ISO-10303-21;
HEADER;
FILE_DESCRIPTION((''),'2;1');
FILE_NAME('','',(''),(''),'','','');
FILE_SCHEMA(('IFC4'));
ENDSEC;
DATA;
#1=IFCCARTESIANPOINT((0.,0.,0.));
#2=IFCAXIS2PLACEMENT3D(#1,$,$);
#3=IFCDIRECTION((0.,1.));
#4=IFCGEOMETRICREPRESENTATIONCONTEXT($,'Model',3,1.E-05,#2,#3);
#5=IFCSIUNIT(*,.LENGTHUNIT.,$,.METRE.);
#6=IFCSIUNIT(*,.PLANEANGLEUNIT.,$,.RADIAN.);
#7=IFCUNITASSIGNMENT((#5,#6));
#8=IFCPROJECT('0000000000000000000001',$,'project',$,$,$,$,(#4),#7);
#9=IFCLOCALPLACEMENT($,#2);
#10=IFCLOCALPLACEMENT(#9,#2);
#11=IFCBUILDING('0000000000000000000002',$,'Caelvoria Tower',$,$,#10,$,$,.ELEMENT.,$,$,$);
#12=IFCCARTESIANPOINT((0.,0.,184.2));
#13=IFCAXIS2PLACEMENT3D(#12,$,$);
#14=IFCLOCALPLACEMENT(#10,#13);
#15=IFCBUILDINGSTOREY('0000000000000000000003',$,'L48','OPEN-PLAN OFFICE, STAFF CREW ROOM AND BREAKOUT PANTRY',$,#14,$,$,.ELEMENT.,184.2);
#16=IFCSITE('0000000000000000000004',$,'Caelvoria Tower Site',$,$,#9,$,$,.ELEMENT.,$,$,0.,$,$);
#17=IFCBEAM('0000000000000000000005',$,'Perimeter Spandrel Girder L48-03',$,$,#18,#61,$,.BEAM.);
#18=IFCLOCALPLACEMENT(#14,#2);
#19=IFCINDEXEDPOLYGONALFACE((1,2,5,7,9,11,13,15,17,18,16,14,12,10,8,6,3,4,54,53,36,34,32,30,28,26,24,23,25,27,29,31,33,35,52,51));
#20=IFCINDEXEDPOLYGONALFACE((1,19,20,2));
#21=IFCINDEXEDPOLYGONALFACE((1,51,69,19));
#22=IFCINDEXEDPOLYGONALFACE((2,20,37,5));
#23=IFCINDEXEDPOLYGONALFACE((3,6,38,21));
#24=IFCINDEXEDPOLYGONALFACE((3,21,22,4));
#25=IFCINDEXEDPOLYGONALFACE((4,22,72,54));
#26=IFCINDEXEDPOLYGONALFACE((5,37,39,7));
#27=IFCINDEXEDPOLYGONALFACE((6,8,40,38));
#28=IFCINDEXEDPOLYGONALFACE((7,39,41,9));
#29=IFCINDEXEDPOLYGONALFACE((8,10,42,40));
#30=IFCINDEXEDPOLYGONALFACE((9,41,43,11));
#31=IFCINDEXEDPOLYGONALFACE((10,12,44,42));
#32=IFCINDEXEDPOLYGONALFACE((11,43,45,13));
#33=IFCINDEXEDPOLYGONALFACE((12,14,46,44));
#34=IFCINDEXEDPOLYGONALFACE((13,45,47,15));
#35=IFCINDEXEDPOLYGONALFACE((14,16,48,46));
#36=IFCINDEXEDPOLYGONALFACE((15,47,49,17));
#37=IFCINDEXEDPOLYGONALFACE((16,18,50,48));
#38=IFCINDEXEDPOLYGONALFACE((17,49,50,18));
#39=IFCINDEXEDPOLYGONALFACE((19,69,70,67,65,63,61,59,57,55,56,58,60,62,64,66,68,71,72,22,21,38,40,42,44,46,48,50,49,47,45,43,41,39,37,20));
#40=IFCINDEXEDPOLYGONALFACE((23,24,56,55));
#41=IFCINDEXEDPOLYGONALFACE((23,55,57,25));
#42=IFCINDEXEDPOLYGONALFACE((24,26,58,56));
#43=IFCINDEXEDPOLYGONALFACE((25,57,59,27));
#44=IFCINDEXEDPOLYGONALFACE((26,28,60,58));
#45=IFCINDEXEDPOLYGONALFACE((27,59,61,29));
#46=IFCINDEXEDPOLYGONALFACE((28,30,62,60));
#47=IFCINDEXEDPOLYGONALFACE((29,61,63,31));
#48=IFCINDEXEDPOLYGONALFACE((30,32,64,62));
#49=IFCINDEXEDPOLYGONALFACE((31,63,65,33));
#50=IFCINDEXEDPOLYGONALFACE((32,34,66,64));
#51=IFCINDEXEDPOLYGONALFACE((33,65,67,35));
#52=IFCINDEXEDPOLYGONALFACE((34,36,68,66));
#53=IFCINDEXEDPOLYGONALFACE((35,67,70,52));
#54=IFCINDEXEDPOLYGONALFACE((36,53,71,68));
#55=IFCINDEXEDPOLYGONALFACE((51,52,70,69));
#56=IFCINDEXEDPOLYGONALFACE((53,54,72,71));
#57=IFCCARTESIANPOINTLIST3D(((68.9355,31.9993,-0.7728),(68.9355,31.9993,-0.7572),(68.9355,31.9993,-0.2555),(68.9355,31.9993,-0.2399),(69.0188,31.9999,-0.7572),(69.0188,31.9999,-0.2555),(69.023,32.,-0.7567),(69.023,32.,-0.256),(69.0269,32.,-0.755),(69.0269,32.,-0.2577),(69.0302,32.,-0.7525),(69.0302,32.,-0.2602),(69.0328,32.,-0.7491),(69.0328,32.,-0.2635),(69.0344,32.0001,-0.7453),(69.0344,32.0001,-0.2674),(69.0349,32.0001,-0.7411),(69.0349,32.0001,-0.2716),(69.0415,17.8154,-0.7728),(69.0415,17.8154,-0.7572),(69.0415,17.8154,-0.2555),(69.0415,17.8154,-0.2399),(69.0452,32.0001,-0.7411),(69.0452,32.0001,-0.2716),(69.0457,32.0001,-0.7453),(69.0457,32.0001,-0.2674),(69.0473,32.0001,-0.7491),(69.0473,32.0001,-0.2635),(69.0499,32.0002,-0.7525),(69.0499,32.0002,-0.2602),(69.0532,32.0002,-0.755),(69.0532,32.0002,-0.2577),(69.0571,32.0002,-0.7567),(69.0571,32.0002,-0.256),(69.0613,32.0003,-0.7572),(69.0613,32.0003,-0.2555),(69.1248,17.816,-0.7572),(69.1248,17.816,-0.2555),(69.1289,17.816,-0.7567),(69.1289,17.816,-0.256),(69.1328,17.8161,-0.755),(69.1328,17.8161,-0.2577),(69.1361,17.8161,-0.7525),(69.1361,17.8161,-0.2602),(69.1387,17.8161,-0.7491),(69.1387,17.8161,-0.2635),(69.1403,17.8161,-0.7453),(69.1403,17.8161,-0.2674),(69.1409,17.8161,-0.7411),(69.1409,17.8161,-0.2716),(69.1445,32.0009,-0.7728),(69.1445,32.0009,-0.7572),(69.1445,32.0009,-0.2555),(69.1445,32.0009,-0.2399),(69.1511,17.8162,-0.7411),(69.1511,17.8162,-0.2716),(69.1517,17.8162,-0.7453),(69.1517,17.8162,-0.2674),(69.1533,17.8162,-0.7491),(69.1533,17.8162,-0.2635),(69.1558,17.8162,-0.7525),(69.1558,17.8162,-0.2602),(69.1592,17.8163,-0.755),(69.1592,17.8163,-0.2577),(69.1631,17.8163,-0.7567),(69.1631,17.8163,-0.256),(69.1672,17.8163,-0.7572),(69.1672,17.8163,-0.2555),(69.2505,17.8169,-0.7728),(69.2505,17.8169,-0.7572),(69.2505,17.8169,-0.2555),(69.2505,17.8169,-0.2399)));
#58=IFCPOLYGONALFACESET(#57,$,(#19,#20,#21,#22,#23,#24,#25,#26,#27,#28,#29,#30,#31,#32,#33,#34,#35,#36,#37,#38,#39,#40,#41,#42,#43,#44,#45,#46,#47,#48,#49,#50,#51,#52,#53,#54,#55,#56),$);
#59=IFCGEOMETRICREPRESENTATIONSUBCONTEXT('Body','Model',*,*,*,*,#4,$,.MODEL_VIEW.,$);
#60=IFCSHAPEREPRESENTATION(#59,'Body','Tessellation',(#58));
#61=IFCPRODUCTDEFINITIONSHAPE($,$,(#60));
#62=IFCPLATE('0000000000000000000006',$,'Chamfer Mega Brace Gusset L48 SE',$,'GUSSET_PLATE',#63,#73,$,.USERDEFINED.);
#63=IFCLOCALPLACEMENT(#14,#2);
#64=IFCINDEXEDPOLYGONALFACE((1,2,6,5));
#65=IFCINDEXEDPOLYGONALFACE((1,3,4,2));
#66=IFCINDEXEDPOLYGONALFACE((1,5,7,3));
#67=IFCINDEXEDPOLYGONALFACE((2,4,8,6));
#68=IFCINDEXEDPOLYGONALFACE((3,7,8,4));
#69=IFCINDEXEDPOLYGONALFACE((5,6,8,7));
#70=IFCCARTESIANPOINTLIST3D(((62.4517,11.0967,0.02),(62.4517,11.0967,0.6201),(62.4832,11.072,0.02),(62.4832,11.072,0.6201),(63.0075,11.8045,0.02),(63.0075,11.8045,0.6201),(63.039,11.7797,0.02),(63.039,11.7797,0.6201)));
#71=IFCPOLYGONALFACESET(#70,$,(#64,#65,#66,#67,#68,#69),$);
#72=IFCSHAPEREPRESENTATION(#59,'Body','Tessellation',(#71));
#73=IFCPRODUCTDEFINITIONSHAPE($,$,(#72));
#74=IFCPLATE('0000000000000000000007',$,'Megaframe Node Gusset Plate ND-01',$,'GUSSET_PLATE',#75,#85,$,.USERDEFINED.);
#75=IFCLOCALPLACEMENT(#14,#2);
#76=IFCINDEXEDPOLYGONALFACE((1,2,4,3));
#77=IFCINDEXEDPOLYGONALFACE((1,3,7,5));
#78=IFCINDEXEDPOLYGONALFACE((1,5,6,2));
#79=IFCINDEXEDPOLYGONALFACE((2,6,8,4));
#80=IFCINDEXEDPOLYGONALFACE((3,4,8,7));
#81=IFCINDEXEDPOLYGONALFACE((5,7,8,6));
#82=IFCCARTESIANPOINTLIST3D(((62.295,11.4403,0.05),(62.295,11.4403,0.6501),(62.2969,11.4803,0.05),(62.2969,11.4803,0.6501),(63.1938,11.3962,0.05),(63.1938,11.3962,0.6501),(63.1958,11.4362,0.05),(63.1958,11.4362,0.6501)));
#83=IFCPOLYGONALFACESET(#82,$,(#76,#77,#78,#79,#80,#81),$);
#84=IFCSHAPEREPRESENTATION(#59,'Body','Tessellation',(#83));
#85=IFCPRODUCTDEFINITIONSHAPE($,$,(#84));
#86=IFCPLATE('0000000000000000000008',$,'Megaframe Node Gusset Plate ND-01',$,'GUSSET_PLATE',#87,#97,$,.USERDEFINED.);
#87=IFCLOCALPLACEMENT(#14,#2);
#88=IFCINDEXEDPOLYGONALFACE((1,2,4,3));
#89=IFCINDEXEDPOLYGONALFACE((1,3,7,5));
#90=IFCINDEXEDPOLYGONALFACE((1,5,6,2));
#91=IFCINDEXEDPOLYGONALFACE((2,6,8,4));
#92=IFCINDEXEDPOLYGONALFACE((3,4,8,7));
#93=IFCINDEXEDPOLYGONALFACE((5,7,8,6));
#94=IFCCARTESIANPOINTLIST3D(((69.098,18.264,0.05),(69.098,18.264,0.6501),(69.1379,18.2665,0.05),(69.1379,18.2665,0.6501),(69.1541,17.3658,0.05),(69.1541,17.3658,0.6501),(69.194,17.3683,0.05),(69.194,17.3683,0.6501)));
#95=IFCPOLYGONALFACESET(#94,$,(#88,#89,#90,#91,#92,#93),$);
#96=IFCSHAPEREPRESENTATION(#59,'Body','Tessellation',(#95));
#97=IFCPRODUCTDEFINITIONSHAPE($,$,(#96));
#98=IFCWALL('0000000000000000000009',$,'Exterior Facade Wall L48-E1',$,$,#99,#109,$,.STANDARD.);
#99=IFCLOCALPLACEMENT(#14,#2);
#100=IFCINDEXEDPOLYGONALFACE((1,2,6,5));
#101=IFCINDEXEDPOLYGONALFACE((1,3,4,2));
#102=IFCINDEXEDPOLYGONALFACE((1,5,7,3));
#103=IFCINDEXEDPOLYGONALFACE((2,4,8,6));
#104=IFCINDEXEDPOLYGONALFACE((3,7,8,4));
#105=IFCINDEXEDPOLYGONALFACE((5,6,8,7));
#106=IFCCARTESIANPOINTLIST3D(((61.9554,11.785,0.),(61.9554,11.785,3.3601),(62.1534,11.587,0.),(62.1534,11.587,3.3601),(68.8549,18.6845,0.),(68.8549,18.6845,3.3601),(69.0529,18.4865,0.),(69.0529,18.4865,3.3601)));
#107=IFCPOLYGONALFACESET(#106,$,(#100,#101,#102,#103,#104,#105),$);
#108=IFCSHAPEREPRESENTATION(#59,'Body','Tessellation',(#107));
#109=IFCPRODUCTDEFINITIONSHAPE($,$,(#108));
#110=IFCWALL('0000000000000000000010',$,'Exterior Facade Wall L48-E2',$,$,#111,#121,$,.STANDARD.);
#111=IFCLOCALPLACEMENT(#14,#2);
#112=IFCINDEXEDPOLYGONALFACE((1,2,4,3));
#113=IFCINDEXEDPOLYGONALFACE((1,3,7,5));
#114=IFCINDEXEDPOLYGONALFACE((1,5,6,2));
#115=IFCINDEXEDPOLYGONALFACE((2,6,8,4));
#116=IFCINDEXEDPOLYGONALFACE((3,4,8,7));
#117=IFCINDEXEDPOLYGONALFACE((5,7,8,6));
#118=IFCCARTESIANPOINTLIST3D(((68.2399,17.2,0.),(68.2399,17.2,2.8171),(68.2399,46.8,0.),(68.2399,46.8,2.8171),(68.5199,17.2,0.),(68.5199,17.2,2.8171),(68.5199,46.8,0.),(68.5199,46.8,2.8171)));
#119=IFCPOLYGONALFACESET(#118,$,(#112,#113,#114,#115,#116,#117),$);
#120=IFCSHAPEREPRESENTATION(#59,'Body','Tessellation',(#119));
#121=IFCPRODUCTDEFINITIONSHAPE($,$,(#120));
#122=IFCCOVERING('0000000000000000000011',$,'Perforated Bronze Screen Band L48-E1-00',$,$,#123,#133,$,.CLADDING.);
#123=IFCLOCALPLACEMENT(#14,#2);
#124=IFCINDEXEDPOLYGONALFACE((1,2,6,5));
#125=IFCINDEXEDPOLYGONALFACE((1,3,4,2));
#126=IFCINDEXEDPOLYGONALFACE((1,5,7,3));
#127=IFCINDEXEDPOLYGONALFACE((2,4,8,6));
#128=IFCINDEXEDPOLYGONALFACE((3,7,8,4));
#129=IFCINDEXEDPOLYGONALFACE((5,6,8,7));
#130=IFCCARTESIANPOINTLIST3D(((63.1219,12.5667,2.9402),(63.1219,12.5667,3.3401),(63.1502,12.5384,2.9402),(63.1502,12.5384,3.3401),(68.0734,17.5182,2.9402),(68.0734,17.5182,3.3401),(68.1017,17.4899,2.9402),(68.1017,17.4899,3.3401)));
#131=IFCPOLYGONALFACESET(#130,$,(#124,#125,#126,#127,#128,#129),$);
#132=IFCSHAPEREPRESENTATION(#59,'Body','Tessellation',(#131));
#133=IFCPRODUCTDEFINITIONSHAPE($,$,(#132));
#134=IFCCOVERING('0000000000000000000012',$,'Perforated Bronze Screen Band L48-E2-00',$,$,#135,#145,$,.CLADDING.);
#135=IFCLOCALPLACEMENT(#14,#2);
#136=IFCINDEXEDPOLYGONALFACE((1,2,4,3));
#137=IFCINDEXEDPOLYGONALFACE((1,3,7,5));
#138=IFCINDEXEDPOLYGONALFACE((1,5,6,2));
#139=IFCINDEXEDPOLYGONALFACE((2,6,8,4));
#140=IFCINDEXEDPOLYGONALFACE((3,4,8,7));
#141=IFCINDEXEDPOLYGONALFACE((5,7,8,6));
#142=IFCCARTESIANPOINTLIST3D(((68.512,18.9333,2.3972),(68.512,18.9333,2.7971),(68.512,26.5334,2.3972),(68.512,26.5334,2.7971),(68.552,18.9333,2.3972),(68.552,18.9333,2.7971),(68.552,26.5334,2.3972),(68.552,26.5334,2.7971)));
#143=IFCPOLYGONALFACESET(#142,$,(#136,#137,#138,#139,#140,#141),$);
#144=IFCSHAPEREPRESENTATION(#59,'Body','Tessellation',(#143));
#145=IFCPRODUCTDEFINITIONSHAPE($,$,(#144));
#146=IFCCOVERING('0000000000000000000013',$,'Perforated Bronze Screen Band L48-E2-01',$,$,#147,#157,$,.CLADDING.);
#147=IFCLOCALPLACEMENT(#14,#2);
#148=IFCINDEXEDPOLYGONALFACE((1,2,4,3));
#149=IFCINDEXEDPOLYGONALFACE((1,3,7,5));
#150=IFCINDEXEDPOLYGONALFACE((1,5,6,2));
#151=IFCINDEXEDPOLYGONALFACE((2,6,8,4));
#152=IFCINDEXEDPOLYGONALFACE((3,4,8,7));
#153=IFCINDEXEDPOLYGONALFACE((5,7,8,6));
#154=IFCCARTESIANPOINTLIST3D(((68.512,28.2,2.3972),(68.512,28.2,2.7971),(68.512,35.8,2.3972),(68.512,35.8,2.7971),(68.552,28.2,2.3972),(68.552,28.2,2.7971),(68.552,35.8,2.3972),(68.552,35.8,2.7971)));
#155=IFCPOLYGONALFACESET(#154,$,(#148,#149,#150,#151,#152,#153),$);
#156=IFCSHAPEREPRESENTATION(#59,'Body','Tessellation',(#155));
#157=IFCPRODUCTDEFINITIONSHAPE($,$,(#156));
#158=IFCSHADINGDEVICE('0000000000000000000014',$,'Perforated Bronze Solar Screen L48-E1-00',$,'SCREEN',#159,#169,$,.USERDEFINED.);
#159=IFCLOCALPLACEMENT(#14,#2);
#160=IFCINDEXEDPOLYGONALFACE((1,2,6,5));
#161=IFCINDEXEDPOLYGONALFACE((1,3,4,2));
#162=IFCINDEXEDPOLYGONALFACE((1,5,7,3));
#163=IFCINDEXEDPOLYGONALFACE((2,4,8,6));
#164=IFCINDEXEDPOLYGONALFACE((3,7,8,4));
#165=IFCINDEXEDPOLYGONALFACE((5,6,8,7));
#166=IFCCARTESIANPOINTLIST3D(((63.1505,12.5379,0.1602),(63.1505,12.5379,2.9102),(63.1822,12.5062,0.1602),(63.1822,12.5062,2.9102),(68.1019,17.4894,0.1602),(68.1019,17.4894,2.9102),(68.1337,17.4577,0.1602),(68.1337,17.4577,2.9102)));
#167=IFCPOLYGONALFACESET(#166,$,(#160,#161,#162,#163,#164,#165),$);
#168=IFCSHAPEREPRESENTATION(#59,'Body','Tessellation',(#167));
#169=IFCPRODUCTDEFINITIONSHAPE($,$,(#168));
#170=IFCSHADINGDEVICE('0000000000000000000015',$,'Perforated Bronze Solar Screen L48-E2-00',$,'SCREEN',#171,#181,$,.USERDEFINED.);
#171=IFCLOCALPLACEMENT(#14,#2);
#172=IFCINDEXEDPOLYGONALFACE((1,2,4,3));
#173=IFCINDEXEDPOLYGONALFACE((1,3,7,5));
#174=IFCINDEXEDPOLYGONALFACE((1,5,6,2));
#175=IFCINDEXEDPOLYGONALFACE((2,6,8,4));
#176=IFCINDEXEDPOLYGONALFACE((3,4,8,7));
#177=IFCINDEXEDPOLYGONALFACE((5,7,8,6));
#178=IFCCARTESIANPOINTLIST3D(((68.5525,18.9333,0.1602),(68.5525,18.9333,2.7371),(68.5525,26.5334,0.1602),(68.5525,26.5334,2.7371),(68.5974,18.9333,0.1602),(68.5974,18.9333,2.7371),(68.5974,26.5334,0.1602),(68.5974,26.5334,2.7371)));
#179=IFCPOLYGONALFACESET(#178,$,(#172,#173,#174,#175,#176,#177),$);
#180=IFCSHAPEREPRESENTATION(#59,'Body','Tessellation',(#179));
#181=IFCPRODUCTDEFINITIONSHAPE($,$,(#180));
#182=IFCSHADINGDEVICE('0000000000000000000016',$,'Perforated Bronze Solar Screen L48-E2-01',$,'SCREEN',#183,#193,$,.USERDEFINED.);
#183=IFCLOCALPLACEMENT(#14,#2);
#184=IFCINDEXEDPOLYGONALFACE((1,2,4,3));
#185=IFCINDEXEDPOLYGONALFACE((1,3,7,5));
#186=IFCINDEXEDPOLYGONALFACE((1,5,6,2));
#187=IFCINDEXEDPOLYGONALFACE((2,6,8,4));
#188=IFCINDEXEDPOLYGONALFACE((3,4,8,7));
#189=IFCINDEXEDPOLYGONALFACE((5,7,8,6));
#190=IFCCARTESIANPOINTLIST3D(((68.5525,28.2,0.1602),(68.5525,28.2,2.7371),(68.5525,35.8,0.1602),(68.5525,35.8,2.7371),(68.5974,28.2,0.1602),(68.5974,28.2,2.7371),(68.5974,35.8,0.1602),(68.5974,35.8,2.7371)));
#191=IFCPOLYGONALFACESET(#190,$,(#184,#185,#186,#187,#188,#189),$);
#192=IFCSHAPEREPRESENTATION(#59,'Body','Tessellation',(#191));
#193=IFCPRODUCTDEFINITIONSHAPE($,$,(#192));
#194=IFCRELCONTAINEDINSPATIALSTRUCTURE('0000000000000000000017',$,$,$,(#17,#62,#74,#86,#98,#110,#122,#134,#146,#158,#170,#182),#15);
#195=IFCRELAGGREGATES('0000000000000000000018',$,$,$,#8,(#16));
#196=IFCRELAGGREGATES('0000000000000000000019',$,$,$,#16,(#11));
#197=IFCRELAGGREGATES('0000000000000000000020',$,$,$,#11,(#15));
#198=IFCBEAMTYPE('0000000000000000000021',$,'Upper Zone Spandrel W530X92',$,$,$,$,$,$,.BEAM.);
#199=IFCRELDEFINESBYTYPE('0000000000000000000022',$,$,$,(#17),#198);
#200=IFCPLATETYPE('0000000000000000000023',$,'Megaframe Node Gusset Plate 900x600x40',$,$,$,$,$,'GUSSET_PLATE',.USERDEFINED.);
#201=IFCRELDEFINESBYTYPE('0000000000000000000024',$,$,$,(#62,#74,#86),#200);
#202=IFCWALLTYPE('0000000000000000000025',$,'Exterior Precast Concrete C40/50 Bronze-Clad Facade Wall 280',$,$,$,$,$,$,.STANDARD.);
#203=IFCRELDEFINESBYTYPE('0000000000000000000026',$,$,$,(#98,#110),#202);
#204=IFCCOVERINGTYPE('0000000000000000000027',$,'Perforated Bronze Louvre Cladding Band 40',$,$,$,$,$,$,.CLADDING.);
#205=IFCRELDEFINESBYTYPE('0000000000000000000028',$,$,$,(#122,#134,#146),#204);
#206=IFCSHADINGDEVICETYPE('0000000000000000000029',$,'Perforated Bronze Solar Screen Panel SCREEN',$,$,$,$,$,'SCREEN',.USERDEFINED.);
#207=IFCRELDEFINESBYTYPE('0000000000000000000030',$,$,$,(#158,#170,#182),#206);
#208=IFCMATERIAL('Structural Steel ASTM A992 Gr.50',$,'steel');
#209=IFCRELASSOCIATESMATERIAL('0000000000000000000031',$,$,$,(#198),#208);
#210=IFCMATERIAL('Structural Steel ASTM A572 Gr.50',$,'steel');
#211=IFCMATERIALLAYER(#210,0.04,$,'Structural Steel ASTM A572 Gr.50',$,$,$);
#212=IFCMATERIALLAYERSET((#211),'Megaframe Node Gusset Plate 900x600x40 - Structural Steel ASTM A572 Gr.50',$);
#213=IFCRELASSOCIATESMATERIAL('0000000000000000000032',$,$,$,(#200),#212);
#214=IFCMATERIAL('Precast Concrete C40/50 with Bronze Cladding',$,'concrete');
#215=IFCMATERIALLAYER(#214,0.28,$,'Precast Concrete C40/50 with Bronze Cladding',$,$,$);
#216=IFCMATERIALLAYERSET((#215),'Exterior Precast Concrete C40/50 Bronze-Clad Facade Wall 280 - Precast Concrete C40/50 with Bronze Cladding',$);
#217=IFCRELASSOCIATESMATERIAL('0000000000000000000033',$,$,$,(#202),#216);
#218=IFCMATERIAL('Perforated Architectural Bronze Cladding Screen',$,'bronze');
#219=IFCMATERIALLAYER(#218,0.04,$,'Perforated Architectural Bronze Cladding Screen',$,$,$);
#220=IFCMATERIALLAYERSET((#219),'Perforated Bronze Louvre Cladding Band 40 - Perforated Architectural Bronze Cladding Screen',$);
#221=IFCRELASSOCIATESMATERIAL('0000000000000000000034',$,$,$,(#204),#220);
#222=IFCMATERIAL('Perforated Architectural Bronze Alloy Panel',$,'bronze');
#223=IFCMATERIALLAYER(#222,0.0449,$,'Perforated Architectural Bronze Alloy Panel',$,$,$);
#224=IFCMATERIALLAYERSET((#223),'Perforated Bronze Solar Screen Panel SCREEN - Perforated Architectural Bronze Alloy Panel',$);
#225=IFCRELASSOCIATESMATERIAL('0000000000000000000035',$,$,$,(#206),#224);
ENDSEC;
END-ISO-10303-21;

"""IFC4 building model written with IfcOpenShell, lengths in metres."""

from ifc_helpers import new_model, si_unit, direction, frame, frame_2d, origin, origin_2d, place, context, subcontext, project, spatial, rectangle, i_section, extrude, material, layer, layer_set, material_profile, profile_set, type_object, element, save


model = new_model("IFC4")

# Units and contexts
model_context = context("Model", 3, precision=1e-05, world=origin(), true_north=direction((0.0, 1.0)))
body_context = subcontext(model_context, "Body", "Model", "MODEL_VIEW")
ifc_project = project(units=[si_unit("LENGTHUNIT", "METRE"), si_unit("PLANEANGLEUNIT", "RADIAN")], contexts=[model_context])

# Site, building, storey
site_placement = place(None, origin())
site = spatial("IfcSite", under=ifc_project, at=site_placement, Name="Caelvoria Tower Site", CompositionType="ELEMENT", RefElevation=0.0)
building_placement = place(site_placement, origin())
building = spatial("IfcBuilding", under=site, at=building_placement, Name="Caelvoria Tower", CompositionType="ELEMENT")
storey_placement = place(building_placement, frame((0.0, 0.0, 184.2)))
storey = spatial("IfcBuildingStorey", under=building, at=storey_placement, Name="L48", Description="OPEN-PLAN OFFICE, STAFF CREW ROOM AND BREAKOUT PANTRY", CompositionType="ELEMENT", Elevation=184.2)

# Shared definitions
ifc_material_1 = material(Name="Structural Steel ASTM A572 Gr.50", Category="steel")

# Shared definitions
ifc_material_2 = material(Name="Structural Steel ASTM A992 Gr.50", Category="steel")

# Beam
ifc_material_profile_1 = material_profile(ifc_material_2, i_section(OverallWidth=0.209, OverallDepth=0.533, WebThickness=0.0103, FlangeThickness=0.0156, FilletRadius=0.0161, at=origin_2d()), Name="Structural Steel ASTM A992 Gr.50")
ifc_profile_set_1 = profile_set([ifc_material_profile_1], Name="W530X92 - Structural Steel ASTM A992 Gr.50")
beam_type_1 = type_object("IfcBeamType", Name="Upper Zone Spandrel W530X92", PredefinedType="BEAM", material=ifc_profile_set_1)
beam_1_placement = place(storey_placement, frame((69.146, 17.8162, -0.5063), z_axis=(-0.00747, 0.999972, 0.0), x_axis=(-0.999972, -0.00747, 0.0)))
element("IfcBeam", 1, at=beam_1_placement, inside=storey, type_object=beam_type_1, Name="Perimeter Spandrel Girder L48-03", PredefinedType="BEAM", context=body_context, shape_type="SweptSolid", body=[
    extrude(i_section(OverallWidth=0.209, OverallDepth=0.533, WebThickness=0.0103, FlangeThickness=0.0156, FilletRadius=0.0161, at=origin_2d()), origin(), (0.0, 0.0, 1.0), 14.1843),
])

# Plates
ifc_layer_1 = layer(ifc_material_1, 0.04, Name="Structural Steel ASTM A572 Gr.50")
ifc_layer_set_1 = layer_set([ifc_layer_1], Name="Megaframe Node Gusset Plate 900x600x40 - Structural Steel ASTM A572 Gr.50")
plate_type = type_object("IfcPlateType", Name="Megaframe Node Gusset Plate 900x600x40", ElementType="GUSSET_PLATE", PredefinedType="USERDEFINED", material=ifc_layer_set_1)
for number, where, z_axis, x_axis, name in (
    (2, (62.7454, 11.4382, 0.02), (0.0, 0.0, 1.0), (0.61767, 0.786437, 0.0), "Chamfer Mega Brace Gusset L48 SE"),
    (3, (62.7454, 11.4382, 0.05), (0.0, 0.0, 1.0), (-0.998798, 0.049012, 0.0), "Megaframe Node Gusset Plate ND-01"),
    (4, (69.146, 17.8162, 0.05), (0.0, 0.0, 1.0), (-0.062352, 0.998054, 0.0), "Megaframe Node Gusset Plate ND-01"),
):
    element("IfcPlate", number, at=place(storey_placement, frame(where, z_axis=z_axis, x_axis=x_axis)), inside=storey, type_object=plate_type, Name=name, ObjectType="GUSSET_PLATE", PredefinedType="USERDEFINED", context=body_context, shape_type="SweptSolid", body=[
        extrude(rectangle(XDim=0.8999, YDim=0.04, at=origin_2d()), origin(), (0.0, 0.0, 1.0), 0.6001),
    ])

# Walls
ifc_material_3 = material(Name="Precast Concrete C40/50 with Bronze Cladding", Category="concrete")
ifc_layer_2 = layer(ifc_material_3, 0.28, Name="Precast Concrete C40/50 with Bronze Cladding")
ifc_layer_set_2 = layer_set([ifc_layer_2], Name="Exterior Precast Concrete C40/50 Bronze-Clad Facade Wall 280 - Precast Concrete C40/50 with Bronze Cladding")
wall_type = type_object("IfcWallType", Name="Exterior Precast Concrete C40/50 Bronze-Clad Facade Wall 280", PredefinedType="STANDARD", material=ifc_layer_set_2)
wall_1_placement = place(storey_placement, frame((62.0544, 11.686, 0.0), z_axis=(0.0, 0.0, 1.0), x_axis=(0.707107, 0.707107, 0.0)))
element("IfcWall", 5, at=wall_1_placement, inside=storey, type_object=wall_type, Name="Exterior Facade Wall L48-E1", PredefinedType="STANDARD", context=body_context, shape_type="SweptSolid", body=[
    extrude(rectangle(XDim=9.7573, YDim=0.28, at=frame_2d((4.8787, 0.0))), origin(), (0.0, 0.0, 1.0), 3.3601),
])
wall_2_placement = place(storey_placement, frame((68.3799, 17.2, 0.0), z_axis=(0.0, 0.0, 1.0), x_axis=(0.0, 1.0, 0.0)))
element("IfcWall", 6, at=wall_2_placement, inside=storey, type_object=wall_type, Name="Exterior Facade Wall L48-E2", PredefinedType="STANDARD", context=body_context, shape_type="SweptSolid", body=[
    extrude(rectangle(XDim=29.6001, YDim=0.28, at=frame_2d((14.8, 0.0))), origin(), (0.0, 0.0, 1.0), 2.8171),
])

# Coverings
ifc_material_4 = material(Name="Perforated Architectural Bronze Cladding Screen", Category="bronze")
ifc_layer_3 = layer(ifc_material_4, 0.04, Name="Perforated Architectural Bronze Cladding Screen")
ifc_layer_set_3 = layer_set([ifc_layer_3], Name="Perforated Bronze Louvre Cladding Band 40 - Perforated Architectural Bronze Cladding Screen")
covering_type = type_object("IfcCoveringType", Name="Perforated Bronze Louvre Cladding Band 40", PredefinedType="CLADDING", material=ifc_layer_set_3)
covering_placement = place(storey_placement, frame((65.6118, 15.0283, 2.9402), z_axis=(0.0, 0.0, 1.0), x_axis=(0.707107, 0.707107, 0.0)))
element("IfcCovering", 7, at=covering_placement, inside=storey, type_object=covering_type, Name="Perforated Bronze Screen Band L48-E1-00", PredefinedType="CLADDING", context=body_context, shape_type="SweptSolid", body=[
    extrude(rectangle(XDim=7.0024, YDim=0.04, at=origin_2d()), origin(), (0.0, 0.0, 1.0), 0.3999),
])
for number, where, z_axis, x_axis, name in (
    (8, (68.532, 22.7334, 2.3972), (0.0, 0.0, 1.0), (0.0, 1.0, 0.0), "Perforated Bronze Screen Band L48-E2-00"),
    (9, (68.532, 32.0, 2.3972), (0.0, 0.0, 1.0), (0.0, 1.0, 0.0), "Perforated Bronze Screen Band L48-E2-01"),
):
    element("IfcCovering", number, at=place(storey_placement, frame(where, z_axis=z_axis, x_axis=x_axis)), inside=storey, type_object=covering_type, Name=name, PredefinedType="CLADDING", context=body_context, shape_type="SweptSolid", body=[
        extrude(rectangle(XDim=7.6001, YDim=0.04, at=origin_2d()), origin(), (0.0, 0.0, 1.0), 0.3999),
    ])

# Shading devices
ifc_material_5 = material(Name="Perforated Architectural Bronze Alloy Panel", Category="bronze")
ifc_layer_4 = layer(ifc_material_5, 0.0449, Name="Perforated Architectural Bronze Alloy Panel")
ifc_layer_set_4 = layer_set([ifc_layer_4], Name="Perforated Bronze Solar Screen Panel SCREEN - Perforated Architectural Bronze Alloy Panel")
shading_device_type = type_object("IfcShadingDeviceType", Name="Perforated Bronze Solar Screen Panel SCREEN", ElementType="SCREEN", PredefinedType="USERDEFINED", material=ifc_layer_set_4)
shading_device_placement = place(storey_placement, frame((65.6421, 14.9978, 0.1602), z_axis=(0.0, 0.0, 1.0), x_axis=(0.707107, 0.707107, 0.0)))
element("IfcShadingDevice", 10, at=shading_device_placement, inside=storey, type_object=shading_device_type, Name="Perforated Bronze Solar Screen L48-E1-00", ObjectType="SCREEN", PredefinedType="USERDEFINED", context=body_context, shape_type="SweptSolid", body=[
    extrude(rectangle(XDim=7.0024, YDim=0.0449, at=origin_2d()), origin(), (0.0, 0.0, 1.0), 2.75),
])
for number, where, z_axis, x_axis, name in (
    (11, (68.575, 22.7334, 0.1602), (0.0, 0.0, 1.0), (0.0, 1.0, 0.0), "Perforated Bronze Solar Screen L48-E2-00"),
    (12, (68.575, 32.0, 0.1602), (0.0, 0.0, 1.0), (0.0, 1.0, 0.0), "Perforated Bronze Solar Screen L48-E2-01"),
):
    element("IfcShadingDevice", number, at=place(storey_placement, frame(where, z_axis=z_axis, x_axis=x_axis)), inside=storey, type_object=shading_device_type, Name=name, ObjectType="SCREEN", PredefinedType="USERDEFINED", context=body_context, shape_type="SweptSolid", body=[
        extrude(rectangle(XDim=7.6001, YDim=0.0449, at=origin_2d()), origin(), (0.0, 0.0, 1.0), 2.5769),
    ])

save(model, "model.ifc")
